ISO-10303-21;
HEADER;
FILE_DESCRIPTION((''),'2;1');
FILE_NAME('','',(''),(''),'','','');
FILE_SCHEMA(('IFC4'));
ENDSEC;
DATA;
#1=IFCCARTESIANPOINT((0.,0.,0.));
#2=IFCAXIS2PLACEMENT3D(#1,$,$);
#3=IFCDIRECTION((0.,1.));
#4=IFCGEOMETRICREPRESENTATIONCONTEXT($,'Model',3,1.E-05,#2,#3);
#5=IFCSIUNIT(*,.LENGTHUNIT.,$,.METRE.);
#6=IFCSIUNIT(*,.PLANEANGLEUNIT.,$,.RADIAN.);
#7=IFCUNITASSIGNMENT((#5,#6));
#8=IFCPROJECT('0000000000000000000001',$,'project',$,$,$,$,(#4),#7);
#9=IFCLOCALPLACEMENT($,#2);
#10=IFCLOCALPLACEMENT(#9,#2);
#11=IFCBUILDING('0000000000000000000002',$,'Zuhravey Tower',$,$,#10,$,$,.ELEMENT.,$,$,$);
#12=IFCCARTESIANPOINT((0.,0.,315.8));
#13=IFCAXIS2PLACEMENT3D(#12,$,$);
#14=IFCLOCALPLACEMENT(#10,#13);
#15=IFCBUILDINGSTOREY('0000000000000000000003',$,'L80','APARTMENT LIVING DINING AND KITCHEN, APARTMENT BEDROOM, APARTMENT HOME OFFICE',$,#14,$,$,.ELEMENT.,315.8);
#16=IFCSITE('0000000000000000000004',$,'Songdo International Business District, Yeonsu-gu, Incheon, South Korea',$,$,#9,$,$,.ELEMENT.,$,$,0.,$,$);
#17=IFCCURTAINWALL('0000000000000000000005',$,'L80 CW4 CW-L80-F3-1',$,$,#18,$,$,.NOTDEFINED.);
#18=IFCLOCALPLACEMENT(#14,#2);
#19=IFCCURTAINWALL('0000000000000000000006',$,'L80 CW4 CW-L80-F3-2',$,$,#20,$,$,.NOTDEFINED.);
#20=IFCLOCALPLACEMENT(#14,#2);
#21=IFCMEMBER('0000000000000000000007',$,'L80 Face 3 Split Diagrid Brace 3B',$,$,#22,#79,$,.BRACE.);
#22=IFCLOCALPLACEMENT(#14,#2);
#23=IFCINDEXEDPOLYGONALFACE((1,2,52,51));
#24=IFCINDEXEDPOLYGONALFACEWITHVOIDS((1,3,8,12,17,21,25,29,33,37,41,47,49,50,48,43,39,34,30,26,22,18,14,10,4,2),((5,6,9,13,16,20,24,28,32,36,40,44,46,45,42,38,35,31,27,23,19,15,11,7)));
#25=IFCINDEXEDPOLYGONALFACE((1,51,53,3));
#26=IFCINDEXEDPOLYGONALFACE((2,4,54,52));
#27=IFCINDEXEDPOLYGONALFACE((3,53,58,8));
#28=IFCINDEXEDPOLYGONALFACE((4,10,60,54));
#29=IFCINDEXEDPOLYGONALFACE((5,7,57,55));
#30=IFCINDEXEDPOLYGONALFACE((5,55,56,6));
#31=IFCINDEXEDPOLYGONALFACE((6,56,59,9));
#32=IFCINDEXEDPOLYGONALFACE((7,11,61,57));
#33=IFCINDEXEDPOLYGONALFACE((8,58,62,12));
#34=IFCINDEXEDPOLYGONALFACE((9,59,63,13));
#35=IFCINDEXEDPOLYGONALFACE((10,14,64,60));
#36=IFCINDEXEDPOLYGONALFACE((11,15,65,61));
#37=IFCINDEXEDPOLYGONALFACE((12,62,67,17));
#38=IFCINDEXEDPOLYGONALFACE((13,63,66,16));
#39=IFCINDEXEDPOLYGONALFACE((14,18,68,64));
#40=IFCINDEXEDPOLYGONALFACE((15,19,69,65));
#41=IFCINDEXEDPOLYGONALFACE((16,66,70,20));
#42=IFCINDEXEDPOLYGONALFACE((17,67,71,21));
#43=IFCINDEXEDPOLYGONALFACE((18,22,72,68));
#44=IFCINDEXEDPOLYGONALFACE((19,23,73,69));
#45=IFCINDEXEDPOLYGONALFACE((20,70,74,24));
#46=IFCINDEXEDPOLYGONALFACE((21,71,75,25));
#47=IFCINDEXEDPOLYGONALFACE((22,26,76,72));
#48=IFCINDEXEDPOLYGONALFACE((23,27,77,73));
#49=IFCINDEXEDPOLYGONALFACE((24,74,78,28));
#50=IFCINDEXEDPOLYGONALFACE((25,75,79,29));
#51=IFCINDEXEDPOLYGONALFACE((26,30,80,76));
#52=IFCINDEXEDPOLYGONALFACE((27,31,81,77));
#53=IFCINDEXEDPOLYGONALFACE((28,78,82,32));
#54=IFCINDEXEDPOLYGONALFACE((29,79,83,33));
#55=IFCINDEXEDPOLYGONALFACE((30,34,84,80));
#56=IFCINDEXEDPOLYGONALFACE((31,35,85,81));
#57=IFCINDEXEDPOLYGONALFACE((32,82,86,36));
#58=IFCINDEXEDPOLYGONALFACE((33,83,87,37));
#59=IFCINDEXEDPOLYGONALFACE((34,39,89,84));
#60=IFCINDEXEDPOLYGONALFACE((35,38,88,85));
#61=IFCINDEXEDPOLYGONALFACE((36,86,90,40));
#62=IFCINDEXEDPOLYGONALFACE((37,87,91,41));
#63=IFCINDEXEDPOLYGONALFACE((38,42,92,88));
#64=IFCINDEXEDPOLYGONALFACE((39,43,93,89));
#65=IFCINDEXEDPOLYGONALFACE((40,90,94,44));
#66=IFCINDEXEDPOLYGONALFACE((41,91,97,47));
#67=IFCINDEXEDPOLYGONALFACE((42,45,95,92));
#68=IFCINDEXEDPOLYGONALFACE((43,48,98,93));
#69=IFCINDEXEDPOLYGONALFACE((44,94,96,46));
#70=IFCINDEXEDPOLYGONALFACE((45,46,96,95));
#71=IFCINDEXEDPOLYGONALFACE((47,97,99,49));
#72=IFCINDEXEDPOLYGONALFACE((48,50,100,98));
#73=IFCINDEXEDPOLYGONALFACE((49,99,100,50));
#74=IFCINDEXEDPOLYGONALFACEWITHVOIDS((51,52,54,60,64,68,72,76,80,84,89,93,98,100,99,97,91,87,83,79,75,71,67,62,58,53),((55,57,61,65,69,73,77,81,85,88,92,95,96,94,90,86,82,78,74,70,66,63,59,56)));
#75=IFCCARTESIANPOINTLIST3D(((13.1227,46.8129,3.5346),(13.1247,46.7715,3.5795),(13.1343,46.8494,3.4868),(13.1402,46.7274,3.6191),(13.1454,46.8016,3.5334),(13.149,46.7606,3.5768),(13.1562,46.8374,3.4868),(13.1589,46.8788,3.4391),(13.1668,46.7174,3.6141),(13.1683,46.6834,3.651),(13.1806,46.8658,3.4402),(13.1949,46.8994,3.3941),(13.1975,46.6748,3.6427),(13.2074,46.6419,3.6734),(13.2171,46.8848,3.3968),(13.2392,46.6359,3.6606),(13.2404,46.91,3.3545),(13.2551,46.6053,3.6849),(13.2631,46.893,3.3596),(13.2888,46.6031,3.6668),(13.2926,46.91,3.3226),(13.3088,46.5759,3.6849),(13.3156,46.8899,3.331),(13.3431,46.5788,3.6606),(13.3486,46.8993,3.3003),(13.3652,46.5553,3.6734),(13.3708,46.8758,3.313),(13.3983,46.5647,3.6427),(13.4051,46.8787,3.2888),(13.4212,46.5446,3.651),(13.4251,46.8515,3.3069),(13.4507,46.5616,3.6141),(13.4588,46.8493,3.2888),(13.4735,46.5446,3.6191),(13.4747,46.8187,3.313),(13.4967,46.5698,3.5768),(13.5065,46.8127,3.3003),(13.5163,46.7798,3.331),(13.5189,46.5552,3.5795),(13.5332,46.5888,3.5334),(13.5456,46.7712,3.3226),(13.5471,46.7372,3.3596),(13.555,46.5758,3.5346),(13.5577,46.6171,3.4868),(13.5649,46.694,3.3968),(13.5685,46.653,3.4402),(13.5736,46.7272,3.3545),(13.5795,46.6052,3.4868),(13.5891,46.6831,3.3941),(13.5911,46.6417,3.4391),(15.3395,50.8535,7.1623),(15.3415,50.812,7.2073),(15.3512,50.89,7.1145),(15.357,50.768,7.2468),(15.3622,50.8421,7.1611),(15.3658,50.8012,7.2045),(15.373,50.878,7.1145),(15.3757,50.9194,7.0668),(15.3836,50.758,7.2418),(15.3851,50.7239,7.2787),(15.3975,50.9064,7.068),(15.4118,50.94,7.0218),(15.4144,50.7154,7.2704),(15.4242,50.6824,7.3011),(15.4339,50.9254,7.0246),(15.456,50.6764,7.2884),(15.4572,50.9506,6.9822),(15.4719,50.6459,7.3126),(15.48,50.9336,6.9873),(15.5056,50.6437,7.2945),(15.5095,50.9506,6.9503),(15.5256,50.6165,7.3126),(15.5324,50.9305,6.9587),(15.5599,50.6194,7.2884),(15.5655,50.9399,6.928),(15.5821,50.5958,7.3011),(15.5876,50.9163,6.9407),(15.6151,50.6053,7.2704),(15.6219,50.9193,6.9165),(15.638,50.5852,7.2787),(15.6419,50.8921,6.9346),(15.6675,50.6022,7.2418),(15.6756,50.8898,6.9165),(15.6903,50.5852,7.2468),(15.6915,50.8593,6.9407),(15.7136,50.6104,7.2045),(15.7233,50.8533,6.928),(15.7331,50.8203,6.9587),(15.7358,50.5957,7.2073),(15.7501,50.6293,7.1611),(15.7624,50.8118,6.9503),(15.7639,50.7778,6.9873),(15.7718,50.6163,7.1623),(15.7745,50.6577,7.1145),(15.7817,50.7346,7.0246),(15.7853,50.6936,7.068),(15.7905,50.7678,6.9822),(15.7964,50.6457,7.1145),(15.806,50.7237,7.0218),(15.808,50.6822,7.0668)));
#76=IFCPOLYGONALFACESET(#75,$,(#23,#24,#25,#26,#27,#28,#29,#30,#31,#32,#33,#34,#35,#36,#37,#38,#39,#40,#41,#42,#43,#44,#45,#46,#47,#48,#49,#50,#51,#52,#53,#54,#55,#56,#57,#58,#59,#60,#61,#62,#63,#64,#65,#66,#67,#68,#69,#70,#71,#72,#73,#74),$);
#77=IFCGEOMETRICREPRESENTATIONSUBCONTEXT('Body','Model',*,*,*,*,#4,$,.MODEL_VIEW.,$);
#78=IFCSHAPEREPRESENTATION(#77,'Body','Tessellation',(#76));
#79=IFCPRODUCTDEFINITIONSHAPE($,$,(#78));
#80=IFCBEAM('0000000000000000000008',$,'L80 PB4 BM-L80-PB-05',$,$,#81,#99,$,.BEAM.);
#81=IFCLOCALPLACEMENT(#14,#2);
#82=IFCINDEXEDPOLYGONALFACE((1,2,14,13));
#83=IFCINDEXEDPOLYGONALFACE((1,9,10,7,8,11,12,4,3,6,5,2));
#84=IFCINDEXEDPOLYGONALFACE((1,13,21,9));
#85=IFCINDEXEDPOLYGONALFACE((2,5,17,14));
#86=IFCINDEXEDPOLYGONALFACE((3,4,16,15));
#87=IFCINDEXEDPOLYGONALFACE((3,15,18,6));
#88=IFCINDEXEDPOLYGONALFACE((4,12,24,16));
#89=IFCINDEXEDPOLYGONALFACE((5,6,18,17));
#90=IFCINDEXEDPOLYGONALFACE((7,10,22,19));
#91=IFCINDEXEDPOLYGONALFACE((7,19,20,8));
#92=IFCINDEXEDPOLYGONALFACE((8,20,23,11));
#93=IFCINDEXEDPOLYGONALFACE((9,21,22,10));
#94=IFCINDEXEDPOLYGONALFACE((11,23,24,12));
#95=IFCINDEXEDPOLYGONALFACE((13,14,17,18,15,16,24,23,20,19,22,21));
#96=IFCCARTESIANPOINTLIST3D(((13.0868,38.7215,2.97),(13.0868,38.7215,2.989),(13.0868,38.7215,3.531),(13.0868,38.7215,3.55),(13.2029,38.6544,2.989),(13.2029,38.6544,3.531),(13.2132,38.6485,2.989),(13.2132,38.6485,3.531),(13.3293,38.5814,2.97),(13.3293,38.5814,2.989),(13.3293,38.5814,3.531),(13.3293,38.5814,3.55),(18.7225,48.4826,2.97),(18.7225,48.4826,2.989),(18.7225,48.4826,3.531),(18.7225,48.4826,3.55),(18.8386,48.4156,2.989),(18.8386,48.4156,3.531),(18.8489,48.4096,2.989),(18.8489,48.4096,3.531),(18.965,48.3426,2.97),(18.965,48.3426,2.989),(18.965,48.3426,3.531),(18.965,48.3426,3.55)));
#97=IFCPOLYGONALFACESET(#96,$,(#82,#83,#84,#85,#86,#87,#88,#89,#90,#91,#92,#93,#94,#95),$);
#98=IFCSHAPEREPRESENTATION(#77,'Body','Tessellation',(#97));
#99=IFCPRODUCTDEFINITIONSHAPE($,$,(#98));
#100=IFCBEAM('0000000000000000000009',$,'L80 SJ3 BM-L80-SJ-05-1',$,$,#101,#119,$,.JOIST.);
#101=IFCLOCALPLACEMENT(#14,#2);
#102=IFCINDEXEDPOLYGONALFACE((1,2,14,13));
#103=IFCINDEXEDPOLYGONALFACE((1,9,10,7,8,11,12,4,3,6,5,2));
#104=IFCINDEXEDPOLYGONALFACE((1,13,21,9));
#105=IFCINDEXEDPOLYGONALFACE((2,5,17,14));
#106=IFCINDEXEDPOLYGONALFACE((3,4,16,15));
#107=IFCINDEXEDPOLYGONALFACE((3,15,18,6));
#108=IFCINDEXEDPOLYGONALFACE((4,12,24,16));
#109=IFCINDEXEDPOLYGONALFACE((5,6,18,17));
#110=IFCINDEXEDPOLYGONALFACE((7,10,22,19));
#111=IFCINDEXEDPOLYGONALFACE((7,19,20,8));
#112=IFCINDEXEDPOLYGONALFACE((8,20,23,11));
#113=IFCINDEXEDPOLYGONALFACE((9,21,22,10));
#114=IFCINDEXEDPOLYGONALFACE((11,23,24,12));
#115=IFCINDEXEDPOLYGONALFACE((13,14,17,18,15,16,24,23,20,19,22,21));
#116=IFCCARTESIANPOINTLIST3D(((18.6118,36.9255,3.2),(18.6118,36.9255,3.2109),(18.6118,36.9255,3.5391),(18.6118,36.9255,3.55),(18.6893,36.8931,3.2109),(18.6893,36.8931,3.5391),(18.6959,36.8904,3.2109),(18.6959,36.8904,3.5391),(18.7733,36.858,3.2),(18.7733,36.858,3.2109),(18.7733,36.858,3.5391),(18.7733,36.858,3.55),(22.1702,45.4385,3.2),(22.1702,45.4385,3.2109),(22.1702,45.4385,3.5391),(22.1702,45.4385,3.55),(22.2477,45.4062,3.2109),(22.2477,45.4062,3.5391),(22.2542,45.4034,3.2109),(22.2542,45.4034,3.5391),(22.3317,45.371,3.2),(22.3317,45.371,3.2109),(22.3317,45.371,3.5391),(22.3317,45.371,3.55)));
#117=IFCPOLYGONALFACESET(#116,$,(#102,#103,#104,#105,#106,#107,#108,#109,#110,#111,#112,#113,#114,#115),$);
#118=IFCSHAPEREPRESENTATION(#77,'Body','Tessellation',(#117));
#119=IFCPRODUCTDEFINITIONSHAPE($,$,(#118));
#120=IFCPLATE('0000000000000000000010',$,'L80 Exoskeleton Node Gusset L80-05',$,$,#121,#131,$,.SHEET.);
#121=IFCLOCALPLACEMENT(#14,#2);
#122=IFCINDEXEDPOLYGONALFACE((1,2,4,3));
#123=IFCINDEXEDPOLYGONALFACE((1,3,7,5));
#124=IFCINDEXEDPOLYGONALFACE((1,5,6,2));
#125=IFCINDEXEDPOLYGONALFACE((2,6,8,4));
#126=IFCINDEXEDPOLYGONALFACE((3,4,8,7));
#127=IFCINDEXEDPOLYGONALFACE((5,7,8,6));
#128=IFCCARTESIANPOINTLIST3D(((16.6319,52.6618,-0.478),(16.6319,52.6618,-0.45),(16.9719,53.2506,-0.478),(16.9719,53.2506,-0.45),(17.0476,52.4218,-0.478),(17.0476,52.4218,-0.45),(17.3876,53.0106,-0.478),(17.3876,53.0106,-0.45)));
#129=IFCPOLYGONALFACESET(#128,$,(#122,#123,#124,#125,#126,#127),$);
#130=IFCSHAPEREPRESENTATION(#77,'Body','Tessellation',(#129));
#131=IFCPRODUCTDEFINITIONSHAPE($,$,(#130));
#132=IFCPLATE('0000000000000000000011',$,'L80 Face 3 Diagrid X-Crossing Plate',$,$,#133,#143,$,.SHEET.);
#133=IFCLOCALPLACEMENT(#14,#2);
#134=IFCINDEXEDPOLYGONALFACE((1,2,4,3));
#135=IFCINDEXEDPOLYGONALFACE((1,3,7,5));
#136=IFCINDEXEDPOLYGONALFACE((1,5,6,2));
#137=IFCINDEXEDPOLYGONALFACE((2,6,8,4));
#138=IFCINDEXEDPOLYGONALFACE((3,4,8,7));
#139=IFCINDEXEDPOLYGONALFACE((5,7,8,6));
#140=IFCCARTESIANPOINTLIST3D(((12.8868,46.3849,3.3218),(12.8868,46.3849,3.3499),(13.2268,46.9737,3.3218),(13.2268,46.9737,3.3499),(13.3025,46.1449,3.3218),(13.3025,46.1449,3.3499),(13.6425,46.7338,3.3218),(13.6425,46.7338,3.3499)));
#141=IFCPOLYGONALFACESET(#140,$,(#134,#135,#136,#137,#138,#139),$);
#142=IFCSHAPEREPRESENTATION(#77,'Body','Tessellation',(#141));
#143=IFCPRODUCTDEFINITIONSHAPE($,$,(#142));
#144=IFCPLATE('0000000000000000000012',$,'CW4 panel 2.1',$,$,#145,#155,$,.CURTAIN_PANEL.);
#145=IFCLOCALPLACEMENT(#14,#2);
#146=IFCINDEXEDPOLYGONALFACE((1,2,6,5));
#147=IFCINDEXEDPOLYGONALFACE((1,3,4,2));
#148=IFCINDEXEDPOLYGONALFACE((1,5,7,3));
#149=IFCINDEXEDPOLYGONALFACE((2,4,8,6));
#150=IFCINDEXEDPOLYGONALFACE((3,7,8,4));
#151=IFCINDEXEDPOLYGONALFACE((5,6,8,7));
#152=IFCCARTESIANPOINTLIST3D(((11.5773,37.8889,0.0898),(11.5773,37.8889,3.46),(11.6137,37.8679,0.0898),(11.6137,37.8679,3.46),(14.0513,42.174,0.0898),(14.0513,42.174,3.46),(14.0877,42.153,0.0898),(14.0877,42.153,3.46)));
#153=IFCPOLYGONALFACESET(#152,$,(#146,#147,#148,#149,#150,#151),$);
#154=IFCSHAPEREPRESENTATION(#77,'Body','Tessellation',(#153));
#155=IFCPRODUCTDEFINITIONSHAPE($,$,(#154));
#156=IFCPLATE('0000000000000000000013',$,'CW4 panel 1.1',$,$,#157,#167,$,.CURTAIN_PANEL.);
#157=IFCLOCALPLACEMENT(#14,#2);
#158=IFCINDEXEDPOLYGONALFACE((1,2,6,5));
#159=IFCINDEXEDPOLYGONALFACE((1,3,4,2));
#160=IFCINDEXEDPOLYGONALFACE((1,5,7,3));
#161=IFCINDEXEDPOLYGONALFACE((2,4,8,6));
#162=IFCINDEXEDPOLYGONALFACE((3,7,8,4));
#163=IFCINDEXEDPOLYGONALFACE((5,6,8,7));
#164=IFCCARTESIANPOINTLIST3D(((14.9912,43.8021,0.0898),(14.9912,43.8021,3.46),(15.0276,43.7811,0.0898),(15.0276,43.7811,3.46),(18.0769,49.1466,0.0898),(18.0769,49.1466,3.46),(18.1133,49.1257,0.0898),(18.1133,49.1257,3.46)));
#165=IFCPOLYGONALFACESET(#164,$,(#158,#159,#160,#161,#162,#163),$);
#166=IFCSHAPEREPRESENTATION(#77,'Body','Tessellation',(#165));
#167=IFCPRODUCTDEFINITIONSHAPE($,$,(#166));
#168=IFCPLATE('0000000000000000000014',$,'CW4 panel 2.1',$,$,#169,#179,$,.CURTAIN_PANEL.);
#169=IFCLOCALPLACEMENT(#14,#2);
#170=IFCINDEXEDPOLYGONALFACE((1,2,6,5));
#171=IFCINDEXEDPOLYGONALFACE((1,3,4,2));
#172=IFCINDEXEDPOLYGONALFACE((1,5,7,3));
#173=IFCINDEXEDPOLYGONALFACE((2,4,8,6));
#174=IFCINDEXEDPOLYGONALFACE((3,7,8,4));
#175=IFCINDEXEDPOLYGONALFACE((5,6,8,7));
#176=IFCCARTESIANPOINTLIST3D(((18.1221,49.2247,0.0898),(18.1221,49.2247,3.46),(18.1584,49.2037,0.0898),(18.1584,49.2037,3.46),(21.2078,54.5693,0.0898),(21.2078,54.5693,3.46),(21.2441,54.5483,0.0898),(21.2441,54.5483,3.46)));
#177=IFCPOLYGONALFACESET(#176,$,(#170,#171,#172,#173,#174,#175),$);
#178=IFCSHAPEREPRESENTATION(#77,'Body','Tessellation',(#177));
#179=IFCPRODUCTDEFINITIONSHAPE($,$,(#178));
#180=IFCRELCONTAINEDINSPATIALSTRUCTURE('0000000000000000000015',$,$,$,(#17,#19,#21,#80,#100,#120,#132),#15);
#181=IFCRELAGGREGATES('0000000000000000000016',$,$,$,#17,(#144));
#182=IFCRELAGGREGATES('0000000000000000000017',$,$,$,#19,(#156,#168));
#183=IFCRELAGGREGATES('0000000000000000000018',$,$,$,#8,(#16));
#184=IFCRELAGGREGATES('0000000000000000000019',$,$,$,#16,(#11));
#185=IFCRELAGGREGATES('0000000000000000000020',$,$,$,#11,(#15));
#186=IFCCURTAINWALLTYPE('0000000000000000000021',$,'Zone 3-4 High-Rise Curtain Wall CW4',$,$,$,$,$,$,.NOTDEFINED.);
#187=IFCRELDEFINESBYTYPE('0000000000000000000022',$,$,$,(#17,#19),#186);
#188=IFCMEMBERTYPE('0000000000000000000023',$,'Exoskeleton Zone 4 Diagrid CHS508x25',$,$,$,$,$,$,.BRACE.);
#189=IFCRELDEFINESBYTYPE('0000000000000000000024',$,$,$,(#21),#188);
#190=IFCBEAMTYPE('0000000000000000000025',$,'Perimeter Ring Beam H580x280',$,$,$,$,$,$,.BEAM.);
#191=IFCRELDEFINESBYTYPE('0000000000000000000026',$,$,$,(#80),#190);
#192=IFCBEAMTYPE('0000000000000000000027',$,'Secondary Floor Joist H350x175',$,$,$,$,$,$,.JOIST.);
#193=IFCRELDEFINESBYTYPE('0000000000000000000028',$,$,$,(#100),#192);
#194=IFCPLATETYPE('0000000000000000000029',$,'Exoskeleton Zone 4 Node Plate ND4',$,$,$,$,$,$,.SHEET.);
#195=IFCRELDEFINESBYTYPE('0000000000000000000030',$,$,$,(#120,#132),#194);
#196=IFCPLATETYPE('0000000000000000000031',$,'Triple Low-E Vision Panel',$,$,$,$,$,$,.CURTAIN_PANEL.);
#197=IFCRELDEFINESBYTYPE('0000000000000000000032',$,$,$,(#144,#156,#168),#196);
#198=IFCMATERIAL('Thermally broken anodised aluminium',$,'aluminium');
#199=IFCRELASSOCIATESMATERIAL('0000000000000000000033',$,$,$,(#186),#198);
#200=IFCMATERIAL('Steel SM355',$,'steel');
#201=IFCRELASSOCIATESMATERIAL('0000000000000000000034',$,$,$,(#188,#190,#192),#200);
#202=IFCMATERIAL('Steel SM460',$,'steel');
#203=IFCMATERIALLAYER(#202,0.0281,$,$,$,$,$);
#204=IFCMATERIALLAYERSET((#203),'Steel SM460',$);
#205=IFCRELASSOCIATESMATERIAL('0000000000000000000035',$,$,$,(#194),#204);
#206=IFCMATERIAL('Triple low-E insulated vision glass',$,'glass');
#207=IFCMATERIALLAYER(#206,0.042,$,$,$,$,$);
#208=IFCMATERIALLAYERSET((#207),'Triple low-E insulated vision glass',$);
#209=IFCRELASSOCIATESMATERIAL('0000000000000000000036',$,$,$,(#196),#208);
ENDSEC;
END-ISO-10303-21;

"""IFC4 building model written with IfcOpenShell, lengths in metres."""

from ifc_helpers import new_model, si_unit, direction, frame, origin, origin_2d, place, context, subcontext, project, spatial, rectangle, hollow_circle, i_section, extrude, material, layer, layer_set, material_profile, profile_set, type_object, element, aggregate, save


model = new_model("IFC4")

# Units and contexts
model_context = context("Model", 3, precision=1e-05, world=origin(), true_north=direction((0.0, 1.0)))
body_context = subcontext(model_context, "Body", "Model", "MODEL_VIEW")
ifc_project = project(units=[si_unit("LENGTHUNIT", "METRE"), si_unit("PLANEANGLEUNIT", "RADIAN")], contexts=[model_context])

# Site, building, storey
site_placement = place(None, origin())
site = spatial("IfcSite", under=ifc_project, at=site_placement, Name="Songdo International Business District, Yeonsu-gu, Incheon, South Korea", CompositionType="ELEMENT", RefElevation=0.0)
building_placement = place(site_placement, origin())
building = spatial("IfcBuilding", under=site, at=building_placement, Name="Zuhravey Tower", CompositionType="ELEMENT")
storey_placement = place(building_placement, frame((0.0, 0.0, 315.8)))
storey = spatial("IfcBuildingStorey", under=building, at=storey_placement, Name="L80", Description="APARTMENT LIVING DINING AND KITCHEN, APARTMENT BEDROOM, APARTMENT HOME OFFICE", CompositionType="ELEMENT", Elevation=315.8)

# Curtain wall
ifc_material_1 = material(Name="Thermally broken anodised aluminium", Category="aluminium")
curtain_wall_type = type_object("IfcCurtainWallType", Name="Zone 3-4 High-Rise Curtain Wall CW4", PredefinedType="NOTDEFINED", material=ifc_material_1)
curtain_wall_1_placement = place(storey_placement, origin())
curtain_wall_1 = element("IfcCurtainWall", 1, at=curtain_wall_1_placement, inside=storey, type_object=curtain_wall_type, Name="L80 CW4 CW-L80-F3-1", PredefinedType="NOTDEFINED")

# Curtain wall
curtain_wall_2_placement = place(storey_placement, origin())
curtain_wall_2 = element("IfcCurtainWall", 2, at=curtain_wall_2_placement, inside=storey, type_object=curtain_wall_type, Name="L80 CW4 CW-L80-F3-2", PredefinedType="NOTDEFINED")

# Member
ifc_material_2 = material(Name="Steel SM355", Category="steel")
ifc_material_profile_1 = material_profile(ifc_material_2, hollow_circle(Radius=0.2539, WallThickness=0.0249, at=origin_2d()), Name="CHS-508.0x25")
ifc_profile_set_1 = profile_set([ifc_material_profile_1], Name="Steel SM355")
member_type_1 = type_object("IfcMemberType", Name="Exoskeleton Zone 4 Diagrid CHS508x25", PredefinedType="BRACE", material=ifc_profile_set_1)
member_1_placement = place(storey_placement, frame((13.3569, 46.7273, 3.4868), z_axis=(0.37796, 0.688903, 0.618514), x_axis=(-0.876719, 0.481003, 0.0)))
element("IfcMember", 3, at=member_1_placement, inside=storey, type_object=member_type_1, Name="L80 Face 3 Split Diagrid Brace 3B", PredefinedType="BRACE", context=body_context, shape_type="SweptSolid", body=[
    extrude(hollow_circle(Radius=0.2539, WallThickness=0.0249, at=origin_2d()), origin(), (0.0, 0.0, 1.0), 5.8652),
])

# Beams
ifc_material_profile_2 = material_profile(ifc_material_2, i_section(OverallWidth=0.28, OverallDepth=0.5801, WebThickness=0.012, FlangeThickness=0.019, at=origin_2d()), Name="H-580x280x12x19")
ifc_profile_set_2 = profile_set([ifc_material_profile_2], Name="Steel SM355")
beam_type_1 = type_object("IfcBeamType", Name="Perimeter Ring Beam H580x280", PredefinedType="BEAM", material=ifc_profile_set_2)
beam_1_placement = place(storey_placement, frame((18.8438, 48.4126, 3.26), z_axis=(-0.500006, -0.866022, 0.0), x_axis=(0.866022, -0.500006, 0.0)))
element("IfcBeam", 4, at=beam_1_placement, inside=storey, type_object=beam_type_1, Name="L80 PB4 BM-L80-PB-05", PredefinedType="BEAM", context=body_context, shape_type="SweptSolid", body=[
    extrude(i_section(OverallWidth=0.28, OverallDepth=0.5801, WebThickness=0.012, FlangeThickness=0.019, at=origin_2d()), origin(), (0.0, 0.0, 1.0), 11.2712),
])
ifc_material_profile_3 = material_profile(ifc_material_2, i_section(OverallWidth=0.175, OverallDepth=0.3501, WebThickness=0.0071, FlangeThickness=0.011, at=origin_2d()), Name="H-350x175x7x11")
ifc_profile_set_3 = profile_set([ifc_material_profile_3], Name="Steel SM355")
beam_type_2 = type_object("IfcBeamType", Name="Secondary Floor Joist H350x175", PredefinedType="JOIST", material=ifc_profile_set_3)
beam_2_placement = place(storey_placement, frame((22.251, 45.4048, 3.375), z_axis=(-0.385658, -0.922642, 0.0), x_axis=(0.922642, -0.385658, 0.0)))
element("IfcBeam", 5, at=beam_2_placement, inside=storey, type_object=beam_type_2, Name="L80 SJ3 BM-L80-SJ-05-1", PredefinedType="JOIST", context=body_context, shape_type="SweptSolid", body=[
    extrude(i_section(OverallWidth=0.175, OverallDepth=0.3501, WebThickness=0.0071, FlangeThickness=0.011, at=origin_2d()), origin(), (0.0, 0.0, 1.0), 9.2268),
])

# Plates
ifc_material_3 = material(Name="Steel SM460", Category="steel")
ifc_layer_1 = layer(ifc_material_3, 0.0281)
ifc_layer_set_1 = layer_set([ifc_layer_1], Name="Steel SM460")
plate_type_1 = type_object("IfcPlateType", Name="Exoskeleton Zone 4 Node Plate ND4", PredefinedType="SHEET", material=ifc_layer_set_1)
for number, where, z_axis, x_axis, name in (
    (6, (17.0098, 52.8362, -0.478), (0.0, 0.0, 1.0), (-0.5, -0.866025, 0.0), "L80 Exoskeleton Node Gusset L80-05"),
    (7, (13.2646, 46.5593, 3.3218), (0.0, 0.0, 1.0), (-0.5, -0.866025, 0.0), "L80 Face 3 Diagrid X-Crossing Plate"),
):
    element("IfcPlate", number, at=place(storey_placement, frame(where, z_axis=z_axis, x_axis=x_axis)), inside=storey, type_object=plate_type_1, Name=name, PredefinedType="SHEET", context=body_context, shape_type="SweptSolid", body=[
        extrude(rectangle(XDim=0.6799, YDim=0.48, at=origin_2d()), origin(), (0.0, 0.0, 1.0), 0.0281),
    ])

# Plates
ifc_material_4 = material(Name="Triple low-E insulated vision glass", Category="glass")
ifc_layer_2 = layer(ifc_material_4, 0.042)
ifc_layer_set_2 = layer_set([ifc_layer_2], Name="Triple low-E insulated vision glass")
plate_type_2 = type_object("IfcPlateType", Name="Triple Low-E Vision Panel", PredefinedType="CURTAIN_PANEL", material=ifc_layer_set_2)
plate_1_placement = place(storey_placement, frame((12.8325, 40.021, 0.0898), z_axis=(0.0, 0.0, 1.0), x_axis=(0.499997, 0.866027, 0.0)))
plate_1 = element("IfcPlate", 8, at=plate_1_placement, type_object=plate_type_2, Name="CW4 panel 2.1", PredefinedType="CURTAIN_PANEL", context=body_context, shape_type="SweptSolid", body=[
    extrude(rectangle(XDim=4.948, YDim=0.042, at=origin_2d()), origin(), (0.0, 0.0, 1.0), 3.3701),
])
aggregate(curtain_wall_1, [plate_1])
plate_2_placement = place(storey_placement, frame((16.5522, 46.4639, 0.0898), z_axis=(0.0, 0.0, 1.0), x_axis=(0.500004, 0.866023, 0.0)))
plate_2 = element("IfcPlate", 9, at=plate_2_placement, type_object=plate_type_2, Name="CW4 panel 1.1", PredefinedType="CURTAIN_PANEL", context=body_context, shape_type="SweptSolid", body=[
    extrude(rectangle(XDim=6.1714, YDim=0.042, at=origin_2d()), origin(), (0.0, 0.0, 1.0), 3.3701),
])
plate_3_placement = place(storey_placement, frame((19.6831, 51.8865, 0.0898), z_axis=(0.0, 0.0, 1.0), x_axis=(0.500004, 0.866023, 0.0)))
plate_3 = element("IfcPlate", 10, at=plate_3_placement, type_object=plate_type_2, Name="CW4 panel 2.1", PredefinedType="CURTAIN_PANEL", context=body_context, shape_type="SweptSolid", body=[
    extrude(rectangle(XDim=6.1714, YDim=0.042, at=origin_2d()), origin(), (0.0, 0.0, 1.0), 3.3701),
])
aggregate(curtain_wall_2, [plate_2, plate_3])

save(model, "model.ifc")
